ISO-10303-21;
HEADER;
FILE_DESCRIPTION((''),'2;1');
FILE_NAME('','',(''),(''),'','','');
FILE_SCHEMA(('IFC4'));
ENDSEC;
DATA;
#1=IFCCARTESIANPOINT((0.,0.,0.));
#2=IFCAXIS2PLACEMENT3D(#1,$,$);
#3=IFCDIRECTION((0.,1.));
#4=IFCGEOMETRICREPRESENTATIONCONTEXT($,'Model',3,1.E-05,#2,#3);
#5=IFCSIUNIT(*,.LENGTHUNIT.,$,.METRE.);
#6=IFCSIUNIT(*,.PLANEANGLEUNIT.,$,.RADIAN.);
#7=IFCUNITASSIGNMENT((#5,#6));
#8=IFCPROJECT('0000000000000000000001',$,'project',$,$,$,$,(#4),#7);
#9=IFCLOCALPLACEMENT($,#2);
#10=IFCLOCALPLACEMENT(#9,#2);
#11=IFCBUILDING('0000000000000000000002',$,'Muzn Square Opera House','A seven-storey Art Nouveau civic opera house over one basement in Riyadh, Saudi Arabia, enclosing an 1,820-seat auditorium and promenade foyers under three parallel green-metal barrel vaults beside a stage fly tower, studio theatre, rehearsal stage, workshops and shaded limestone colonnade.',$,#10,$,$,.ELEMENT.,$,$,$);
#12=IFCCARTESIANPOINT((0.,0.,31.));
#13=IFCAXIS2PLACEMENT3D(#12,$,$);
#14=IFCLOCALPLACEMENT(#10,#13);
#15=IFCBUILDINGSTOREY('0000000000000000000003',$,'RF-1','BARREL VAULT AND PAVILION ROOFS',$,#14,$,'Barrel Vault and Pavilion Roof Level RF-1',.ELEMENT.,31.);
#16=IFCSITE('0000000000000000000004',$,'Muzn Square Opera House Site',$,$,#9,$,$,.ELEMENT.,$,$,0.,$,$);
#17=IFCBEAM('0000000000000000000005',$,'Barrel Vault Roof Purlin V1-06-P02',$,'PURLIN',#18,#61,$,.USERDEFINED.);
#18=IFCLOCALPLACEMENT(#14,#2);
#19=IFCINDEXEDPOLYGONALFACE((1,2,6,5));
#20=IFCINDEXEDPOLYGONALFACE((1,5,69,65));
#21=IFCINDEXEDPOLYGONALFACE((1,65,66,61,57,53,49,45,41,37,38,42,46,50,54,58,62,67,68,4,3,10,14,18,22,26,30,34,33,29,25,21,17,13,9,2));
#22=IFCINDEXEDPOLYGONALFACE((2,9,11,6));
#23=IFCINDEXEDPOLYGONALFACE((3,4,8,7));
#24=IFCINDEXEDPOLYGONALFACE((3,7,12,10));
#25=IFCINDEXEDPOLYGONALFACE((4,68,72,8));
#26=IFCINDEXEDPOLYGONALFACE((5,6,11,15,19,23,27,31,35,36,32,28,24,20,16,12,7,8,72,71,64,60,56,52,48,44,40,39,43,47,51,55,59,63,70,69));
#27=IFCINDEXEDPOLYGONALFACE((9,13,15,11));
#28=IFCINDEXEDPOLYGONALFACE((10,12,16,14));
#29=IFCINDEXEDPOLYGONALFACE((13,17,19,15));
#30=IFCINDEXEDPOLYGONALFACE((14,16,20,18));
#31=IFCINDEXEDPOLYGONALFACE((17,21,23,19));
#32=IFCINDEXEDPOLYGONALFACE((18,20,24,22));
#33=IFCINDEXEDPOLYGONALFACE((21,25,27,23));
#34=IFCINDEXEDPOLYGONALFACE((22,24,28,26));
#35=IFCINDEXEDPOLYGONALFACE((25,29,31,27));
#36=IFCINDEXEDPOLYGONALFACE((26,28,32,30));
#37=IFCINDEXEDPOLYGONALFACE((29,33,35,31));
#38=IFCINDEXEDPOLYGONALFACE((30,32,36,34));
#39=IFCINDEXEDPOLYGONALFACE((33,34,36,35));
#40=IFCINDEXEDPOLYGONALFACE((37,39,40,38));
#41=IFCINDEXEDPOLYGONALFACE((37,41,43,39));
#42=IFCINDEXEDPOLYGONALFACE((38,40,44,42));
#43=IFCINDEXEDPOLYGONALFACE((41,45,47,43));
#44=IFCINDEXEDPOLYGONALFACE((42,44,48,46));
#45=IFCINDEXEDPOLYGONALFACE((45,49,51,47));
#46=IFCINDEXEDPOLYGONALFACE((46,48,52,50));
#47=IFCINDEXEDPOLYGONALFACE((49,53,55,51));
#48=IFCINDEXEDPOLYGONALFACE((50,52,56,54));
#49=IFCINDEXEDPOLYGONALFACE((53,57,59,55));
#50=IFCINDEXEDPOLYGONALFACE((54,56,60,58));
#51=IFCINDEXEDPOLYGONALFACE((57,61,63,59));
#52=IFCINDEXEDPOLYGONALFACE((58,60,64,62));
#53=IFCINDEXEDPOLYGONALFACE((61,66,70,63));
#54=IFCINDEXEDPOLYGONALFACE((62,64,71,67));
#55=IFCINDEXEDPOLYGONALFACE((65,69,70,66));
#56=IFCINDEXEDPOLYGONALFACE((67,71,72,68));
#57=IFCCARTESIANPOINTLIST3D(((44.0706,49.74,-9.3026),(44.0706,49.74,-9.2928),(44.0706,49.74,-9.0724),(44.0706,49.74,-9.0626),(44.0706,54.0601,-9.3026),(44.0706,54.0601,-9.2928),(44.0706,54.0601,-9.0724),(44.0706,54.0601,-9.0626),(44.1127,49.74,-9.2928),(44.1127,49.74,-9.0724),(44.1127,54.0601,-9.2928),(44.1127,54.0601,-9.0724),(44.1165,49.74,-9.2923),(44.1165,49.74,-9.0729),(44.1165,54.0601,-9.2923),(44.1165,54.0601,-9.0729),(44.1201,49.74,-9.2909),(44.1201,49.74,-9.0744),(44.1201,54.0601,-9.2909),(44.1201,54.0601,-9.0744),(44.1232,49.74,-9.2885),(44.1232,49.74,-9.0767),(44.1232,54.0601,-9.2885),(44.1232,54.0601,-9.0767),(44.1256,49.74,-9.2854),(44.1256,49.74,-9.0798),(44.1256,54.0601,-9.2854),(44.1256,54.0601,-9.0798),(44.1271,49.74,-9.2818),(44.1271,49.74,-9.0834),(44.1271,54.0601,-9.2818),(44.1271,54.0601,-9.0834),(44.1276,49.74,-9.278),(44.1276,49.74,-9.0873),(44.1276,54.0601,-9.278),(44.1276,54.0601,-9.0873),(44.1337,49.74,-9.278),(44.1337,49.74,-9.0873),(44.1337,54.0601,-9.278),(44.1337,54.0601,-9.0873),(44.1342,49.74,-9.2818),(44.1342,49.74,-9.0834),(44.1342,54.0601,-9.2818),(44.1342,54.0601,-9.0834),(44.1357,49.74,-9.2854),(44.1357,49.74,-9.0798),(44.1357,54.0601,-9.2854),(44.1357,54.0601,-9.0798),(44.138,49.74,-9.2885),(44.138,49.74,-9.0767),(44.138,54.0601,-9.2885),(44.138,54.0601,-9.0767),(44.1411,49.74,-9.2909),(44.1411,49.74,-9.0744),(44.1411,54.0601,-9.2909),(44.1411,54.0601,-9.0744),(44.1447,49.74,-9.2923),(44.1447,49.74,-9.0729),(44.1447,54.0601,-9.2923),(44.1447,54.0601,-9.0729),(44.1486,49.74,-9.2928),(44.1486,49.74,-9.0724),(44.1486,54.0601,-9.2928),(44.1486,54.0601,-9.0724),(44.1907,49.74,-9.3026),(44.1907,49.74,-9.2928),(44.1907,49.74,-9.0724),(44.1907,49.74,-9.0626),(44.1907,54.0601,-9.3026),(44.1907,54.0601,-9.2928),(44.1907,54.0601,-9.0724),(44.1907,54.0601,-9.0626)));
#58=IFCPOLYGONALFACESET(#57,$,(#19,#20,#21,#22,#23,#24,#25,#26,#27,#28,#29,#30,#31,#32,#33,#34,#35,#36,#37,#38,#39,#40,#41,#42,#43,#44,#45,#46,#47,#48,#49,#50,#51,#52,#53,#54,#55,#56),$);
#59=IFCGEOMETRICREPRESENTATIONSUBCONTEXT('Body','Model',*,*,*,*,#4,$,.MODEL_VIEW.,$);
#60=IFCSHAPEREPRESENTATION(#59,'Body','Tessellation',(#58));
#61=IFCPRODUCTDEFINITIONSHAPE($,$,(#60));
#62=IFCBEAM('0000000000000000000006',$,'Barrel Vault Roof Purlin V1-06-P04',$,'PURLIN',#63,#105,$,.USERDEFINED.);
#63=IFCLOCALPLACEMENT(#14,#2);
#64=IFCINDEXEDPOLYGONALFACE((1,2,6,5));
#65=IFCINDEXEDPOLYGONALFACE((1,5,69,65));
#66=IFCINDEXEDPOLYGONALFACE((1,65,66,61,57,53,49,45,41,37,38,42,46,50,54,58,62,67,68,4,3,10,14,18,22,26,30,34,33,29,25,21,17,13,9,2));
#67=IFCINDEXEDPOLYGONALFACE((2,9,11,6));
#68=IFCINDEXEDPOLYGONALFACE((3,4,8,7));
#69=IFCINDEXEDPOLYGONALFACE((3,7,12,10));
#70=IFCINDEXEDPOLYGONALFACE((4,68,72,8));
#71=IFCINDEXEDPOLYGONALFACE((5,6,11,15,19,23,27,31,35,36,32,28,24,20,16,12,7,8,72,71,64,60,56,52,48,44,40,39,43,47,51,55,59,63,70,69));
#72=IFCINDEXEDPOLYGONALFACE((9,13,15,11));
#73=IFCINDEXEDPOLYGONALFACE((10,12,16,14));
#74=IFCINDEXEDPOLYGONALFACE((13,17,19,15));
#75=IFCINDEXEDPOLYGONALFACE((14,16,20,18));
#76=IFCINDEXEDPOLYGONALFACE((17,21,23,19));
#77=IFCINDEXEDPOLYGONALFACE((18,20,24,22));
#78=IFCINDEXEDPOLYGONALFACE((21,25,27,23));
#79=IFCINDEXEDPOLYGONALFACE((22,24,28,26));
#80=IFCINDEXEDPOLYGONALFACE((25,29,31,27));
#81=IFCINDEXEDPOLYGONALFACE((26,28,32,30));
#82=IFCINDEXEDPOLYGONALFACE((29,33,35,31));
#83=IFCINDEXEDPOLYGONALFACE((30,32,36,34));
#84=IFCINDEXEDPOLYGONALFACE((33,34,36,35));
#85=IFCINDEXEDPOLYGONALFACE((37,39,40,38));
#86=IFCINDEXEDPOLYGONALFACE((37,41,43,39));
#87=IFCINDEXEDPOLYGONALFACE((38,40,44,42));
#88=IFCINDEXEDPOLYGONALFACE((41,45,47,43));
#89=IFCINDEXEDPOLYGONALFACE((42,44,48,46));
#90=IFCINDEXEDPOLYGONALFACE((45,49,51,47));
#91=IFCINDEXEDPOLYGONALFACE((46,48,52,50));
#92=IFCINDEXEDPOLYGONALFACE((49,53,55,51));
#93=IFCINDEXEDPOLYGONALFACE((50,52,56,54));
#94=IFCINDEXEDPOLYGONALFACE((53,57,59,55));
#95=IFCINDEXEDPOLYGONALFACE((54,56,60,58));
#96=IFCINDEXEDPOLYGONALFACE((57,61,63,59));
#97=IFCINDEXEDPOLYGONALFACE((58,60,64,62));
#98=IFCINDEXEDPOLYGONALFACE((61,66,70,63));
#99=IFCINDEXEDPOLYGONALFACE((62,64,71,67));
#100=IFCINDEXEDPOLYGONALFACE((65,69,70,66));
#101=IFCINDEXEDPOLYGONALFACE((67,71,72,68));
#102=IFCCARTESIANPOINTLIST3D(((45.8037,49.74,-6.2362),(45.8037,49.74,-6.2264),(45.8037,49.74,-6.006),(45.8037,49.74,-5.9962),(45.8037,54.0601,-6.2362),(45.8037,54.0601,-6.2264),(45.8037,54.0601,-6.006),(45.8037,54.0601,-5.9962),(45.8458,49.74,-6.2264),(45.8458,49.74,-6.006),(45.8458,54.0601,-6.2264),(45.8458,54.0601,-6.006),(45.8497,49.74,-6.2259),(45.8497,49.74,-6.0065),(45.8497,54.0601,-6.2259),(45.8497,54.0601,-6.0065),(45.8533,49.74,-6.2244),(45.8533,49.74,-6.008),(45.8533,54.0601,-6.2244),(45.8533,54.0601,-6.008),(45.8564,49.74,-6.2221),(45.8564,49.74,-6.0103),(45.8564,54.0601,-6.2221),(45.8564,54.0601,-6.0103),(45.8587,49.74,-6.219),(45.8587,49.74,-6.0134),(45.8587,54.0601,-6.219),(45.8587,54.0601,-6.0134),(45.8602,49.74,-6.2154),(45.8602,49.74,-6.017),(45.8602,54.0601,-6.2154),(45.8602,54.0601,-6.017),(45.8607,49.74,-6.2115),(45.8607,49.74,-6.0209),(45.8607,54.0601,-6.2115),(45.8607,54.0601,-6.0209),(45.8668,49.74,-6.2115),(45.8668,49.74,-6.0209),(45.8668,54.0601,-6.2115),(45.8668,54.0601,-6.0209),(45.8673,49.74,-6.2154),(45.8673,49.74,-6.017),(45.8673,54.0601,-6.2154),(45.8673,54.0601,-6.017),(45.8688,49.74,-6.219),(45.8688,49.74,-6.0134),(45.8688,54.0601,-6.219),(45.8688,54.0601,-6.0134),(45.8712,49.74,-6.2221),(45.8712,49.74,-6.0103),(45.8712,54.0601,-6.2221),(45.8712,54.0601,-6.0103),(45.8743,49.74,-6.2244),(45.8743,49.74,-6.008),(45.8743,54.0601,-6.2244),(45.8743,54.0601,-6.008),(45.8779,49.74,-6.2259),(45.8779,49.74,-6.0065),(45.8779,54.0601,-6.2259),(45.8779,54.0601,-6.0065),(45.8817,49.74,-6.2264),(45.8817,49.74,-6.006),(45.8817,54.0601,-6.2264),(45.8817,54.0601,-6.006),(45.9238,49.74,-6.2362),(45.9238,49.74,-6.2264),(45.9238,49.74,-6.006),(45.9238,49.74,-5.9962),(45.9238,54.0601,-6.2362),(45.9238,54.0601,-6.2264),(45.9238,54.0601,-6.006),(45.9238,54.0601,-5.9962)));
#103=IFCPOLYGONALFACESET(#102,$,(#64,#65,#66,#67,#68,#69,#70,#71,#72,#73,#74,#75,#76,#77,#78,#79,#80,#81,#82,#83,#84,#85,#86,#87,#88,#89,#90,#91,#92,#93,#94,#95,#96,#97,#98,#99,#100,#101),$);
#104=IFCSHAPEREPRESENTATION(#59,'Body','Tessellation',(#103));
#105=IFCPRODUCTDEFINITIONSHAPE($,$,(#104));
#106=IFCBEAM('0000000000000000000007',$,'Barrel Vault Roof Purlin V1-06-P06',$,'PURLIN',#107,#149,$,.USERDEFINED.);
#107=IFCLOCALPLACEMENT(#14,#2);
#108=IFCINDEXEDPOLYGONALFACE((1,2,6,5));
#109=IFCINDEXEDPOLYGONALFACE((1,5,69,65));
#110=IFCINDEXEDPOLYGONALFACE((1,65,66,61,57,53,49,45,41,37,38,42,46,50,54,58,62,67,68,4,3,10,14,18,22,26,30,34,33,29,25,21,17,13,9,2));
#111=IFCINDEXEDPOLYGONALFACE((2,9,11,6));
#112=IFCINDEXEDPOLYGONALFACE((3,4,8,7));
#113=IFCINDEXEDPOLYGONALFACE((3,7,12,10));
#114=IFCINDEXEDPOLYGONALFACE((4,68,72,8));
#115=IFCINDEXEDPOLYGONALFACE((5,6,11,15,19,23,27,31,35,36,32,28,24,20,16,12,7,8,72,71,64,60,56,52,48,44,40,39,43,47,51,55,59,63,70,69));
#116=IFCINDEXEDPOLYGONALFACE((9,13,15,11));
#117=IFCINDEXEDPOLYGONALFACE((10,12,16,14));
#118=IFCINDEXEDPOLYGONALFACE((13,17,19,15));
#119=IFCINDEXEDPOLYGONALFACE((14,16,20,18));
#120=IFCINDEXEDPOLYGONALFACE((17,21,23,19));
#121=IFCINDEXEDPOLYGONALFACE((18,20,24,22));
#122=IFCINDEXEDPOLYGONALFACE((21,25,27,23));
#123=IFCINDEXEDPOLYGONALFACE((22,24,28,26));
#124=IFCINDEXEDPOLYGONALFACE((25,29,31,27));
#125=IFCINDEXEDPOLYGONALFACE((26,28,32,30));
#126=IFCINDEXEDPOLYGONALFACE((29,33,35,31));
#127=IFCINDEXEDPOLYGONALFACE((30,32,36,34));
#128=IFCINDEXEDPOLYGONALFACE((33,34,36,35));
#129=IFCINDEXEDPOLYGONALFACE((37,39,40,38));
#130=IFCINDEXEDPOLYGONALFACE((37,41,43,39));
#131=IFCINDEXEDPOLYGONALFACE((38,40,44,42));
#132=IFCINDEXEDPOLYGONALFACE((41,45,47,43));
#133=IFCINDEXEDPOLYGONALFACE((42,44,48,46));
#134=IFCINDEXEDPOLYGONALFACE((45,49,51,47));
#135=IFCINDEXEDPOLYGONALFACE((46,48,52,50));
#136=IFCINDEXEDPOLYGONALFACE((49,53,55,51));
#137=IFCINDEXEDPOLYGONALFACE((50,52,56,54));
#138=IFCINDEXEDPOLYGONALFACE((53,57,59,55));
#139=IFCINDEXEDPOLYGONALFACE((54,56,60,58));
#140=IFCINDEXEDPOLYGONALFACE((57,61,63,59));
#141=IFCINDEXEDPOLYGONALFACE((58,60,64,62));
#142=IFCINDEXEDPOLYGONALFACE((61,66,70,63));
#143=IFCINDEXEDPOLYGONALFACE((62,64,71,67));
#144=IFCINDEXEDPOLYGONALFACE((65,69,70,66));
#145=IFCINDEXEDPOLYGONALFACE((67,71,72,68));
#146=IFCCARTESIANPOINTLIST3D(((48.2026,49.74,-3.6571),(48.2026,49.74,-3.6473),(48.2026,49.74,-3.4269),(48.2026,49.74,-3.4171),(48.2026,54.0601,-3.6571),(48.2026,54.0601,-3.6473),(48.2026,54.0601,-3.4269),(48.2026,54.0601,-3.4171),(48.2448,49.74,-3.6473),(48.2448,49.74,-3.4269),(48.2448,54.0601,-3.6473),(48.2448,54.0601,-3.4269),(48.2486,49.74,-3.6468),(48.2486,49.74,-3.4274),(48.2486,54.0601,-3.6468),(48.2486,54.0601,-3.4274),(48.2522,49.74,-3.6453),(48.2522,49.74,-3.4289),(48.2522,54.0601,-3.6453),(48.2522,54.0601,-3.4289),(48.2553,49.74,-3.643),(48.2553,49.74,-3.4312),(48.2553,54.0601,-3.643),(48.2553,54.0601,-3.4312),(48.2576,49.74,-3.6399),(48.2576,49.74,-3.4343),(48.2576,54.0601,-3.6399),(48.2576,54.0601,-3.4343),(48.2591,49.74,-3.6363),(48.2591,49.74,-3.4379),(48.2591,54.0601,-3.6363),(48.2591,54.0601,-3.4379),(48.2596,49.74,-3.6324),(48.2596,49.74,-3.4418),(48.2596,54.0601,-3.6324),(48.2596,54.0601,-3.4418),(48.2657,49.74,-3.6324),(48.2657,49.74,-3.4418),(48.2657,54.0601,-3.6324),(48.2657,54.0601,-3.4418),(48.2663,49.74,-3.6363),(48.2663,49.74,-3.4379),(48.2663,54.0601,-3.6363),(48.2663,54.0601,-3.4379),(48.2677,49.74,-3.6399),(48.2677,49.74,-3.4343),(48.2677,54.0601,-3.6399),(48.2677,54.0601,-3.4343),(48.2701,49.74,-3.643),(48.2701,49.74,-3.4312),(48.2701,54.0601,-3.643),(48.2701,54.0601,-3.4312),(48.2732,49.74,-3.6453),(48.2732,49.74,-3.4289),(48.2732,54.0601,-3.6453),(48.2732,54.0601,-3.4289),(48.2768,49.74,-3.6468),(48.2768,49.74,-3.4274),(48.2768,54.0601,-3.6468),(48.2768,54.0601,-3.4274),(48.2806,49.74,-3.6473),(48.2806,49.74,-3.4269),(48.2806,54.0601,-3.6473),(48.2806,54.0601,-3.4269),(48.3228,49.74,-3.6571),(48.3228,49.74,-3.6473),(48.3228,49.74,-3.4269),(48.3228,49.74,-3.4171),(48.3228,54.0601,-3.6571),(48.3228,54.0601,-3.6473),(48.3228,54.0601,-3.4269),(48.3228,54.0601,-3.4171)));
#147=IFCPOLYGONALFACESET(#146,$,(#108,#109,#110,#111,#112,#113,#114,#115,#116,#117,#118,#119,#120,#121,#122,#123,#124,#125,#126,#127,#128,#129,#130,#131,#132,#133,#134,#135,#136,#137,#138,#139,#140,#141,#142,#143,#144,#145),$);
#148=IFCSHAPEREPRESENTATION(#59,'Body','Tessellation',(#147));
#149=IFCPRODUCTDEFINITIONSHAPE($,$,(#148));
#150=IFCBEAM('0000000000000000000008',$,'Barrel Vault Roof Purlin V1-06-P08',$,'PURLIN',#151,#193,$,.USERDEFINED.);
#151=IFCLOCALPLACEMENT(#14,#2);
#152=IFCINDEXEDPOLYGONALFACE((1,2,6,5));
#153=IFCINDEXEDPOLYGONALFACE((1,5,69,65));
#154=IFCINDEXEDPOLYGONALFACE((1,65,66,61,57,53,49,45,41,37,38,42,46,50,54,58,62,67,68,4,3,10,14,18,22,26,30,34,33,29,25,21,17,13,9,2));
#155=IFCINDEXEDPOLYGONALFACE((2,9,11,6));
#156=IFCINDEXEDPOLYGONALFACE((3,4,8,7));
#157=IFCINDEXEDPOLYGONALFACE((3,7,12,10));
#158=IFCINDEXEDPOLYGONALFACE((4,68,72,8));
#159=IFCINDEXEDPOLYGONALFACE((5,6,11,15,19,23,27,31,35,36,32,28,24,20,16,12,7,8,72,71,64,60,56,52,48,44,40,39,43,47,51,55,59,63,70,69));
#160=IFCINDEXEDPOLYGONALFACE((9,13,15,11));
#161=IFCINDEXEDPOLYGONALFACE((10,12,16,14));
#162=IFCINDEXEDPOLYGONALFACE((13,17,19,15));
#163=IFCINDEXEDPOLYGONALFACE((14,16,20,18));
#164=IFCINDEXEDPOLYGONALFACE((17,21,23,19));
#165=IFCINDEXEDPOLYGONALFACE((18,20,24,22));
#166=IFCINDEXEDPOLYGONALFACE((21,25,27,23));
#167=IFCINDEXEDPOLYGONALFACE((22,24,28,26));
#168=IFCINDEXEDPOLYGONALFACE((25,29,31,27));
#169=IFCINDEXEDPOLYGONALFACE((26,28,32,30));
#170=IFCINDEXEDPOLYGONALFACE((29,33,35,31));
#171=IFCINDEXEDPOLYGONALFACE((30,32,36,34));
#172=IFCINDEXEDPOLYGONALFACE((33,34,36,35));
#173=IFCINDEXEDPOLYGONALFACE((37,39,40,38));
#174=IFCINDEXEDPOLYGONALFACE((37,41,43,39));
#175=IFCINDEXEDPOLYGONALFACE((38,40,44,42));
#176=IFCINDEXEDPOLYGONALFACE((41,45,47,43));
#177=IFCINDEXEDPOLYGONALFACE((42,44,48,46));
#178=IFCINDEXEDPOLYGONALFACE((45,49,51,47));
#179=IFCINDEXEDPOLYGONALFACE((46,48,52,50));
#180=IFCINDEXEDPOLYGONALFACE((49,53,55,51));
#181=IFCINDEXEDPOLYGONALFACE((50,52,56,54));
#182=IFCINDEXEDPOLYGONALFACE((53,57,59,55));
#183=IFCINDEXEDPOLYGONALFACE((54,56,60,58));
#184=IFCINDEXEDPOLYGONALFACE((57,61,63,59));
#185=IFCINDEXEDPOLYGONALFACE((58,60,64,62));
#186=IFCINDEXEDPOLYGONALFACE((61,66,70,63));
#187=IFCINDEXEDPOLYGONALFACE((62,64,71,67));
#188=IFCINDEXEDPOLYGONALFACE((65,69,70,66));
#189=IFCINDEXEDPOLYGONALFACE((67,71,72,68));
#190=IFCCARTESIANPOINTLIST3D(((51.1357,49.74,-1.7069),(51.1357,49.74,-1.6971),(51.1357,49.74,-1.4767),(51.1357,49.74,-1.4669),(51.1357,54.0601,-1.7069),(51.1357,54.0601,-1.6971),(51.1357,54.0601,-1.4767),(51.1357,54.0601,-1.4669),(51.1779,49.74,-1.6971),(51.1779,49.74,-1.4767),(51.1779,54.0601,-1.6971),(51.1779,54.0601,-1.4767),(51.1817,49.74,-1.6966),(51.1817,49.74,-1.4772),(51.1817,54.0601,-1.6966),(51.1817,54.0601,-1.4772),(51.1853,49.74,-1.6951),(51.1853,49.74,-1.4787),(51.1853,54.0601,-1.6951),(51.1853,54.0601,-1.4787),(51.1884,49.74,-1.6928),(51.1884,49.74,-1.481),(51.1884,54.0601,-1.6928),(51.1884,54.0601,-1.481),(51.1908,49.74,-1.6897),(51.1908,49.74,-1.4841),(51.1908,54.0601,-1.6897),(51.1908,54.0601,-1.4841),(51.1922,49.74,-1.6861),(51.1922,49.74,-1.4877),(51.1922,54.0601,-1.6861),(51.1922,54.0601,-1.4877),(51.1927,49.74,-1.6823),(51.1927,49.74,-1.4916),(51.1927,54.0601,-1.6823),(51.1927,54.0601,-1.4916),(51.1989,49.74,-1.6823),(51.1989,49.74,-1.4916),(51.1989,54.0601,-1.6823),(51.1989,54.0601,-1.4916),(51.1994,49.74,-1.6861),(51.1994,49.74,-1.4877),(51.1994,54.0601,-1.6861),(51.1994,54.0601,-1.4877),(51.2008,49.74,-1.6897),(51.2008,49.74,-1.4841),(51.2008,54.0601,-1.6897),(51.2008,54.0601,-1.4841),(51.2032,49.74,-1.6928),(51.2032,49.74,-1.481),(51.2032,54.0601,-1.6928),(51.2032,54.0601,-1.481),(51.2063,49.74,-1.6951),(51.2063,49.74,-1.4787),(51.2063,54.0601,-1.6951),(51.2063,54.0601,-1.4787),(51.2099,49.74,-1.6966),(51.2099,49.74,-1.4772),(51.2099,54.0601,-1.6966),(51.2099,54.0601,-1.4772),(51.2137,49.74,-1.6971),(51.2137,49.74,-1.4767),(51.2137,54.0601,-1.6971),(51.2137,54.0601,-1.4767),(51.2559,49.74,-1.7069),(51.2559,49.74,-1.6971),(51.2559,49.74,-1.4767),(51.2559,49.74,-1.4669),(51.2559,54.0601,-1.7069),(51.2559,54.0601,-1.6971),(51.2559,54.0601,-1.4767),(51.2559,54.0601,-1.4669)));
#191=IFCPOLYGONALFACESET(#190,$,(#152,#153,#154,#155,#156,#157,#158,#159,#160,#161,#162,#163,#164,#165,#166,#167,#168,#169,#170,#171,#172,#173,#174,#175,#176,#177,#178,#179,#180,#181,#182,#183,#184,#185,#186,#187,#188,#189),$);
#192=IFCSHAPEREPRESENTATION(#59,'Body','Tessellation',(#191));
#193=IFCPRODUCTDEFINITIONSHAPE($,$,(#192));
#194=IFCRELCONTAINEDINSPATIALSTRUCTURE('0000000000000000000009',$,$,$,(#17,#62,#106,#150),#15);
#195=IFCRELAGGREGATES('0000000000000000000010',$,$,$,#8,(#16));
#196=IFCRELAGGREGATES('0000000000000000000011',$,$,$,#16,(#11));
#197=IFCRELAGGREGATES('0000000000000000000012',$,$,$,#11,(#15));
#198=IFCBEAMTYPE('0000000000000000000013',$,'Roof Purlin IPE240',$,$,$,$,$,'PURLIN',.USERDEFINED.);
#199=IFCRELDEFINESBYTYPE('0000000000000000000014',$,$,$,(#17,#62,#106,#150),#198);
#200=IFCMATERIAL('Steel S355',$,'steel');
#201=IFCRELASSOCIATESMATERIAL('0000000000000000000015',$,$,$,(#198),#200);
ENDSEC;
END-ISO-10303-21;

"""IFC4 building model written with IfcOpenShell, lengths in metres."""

from ifc_helpers import new_model, si_unit, direction, frame, origin, origin_2d, place, context, subcontext, project, spatial, i_section, extrude, material, material_profile, profile_set, type_object, element, save


model = new_model("IFC4")

# Units and contexts
model_context = context("Model", 3, precision=1e-05, world=origin(), true_north=direction((0.0, 1.0)))
body_context = subcontext(model_context, "Body", "Model", "MODEL_VIEW")
ifc_project = project(units=[si_unit("LENGTHUNIT", "METRE"), si_unit("PLANEANGLEUNIT", "RADIAN")], contexts=[model_context])

# Site, building, storey
site_placement = place(None, origin())
site = spatial("IfcSite", under=ifc_project, at=site_placement, Name="Muzn Square Opera House Site", CompositionType="ELEMENT", RefElevation=0.0)
building_placement = place(site_placement, origin())
building = spatial("IfcBuilding", under=site, at=building_placement, Name="Muzn Square Opera House", Description="A seven-storey Art Nouveau civic opera house over one basement in Riyadh, Saudi Arabia, enclosing an 1,820-seat auditorium and promenade foyers under three parallel green-metal barrel vaults beside a stage fly tower, studio theatre, rehearsal stage, workshops and shaded limestone colonnade.", CompositionType="ELEMENT")
storey_placement = place(building_placement, frame((0.0, 0.0, 31.0)))
storey = spatial("IfcBuildingStorey", under=building, at=storey_placement, Name="RF-1", Description="BARREL VAULT AND PAVILION ROOFS", LongName="Barrel Vault and Pavilion Roof Level RF-1", CompositionType="ELEMENT", Elevation=31.0)

# Beams
ifc_material_1 = material(Name="Steel S355", Category="steel")
ifc_material_profile_1 = material_profile(ifc_material_1, i_section(OverallWidth=0.1201, OverallDepth=0.24, WebThickness=0.0061, FlangeThickness=0.0098, FilletRadius=0.0149, at=origin_2d()), Name="IPE 240", Category="steel")
ifc_profile_set_1 = profile_set([ifc_material_profile_1], Name="Steel S355")
beam_type_1 = type_object("IfcBeamType", Name="Roof Purlin IPE240", ElementType="PURLIN", PredefinedType="USERDEFINED", material=ifc_profile_set_1)
for number, where, z_axis, x_axis, name in (
    (1, (44.1306, 49.74, -9.1826), (0.0, 1.0, 0.0), (-1.0, 0.0, 0.0), "Barrel Vault Roof Purlin V1-06-P02"),
    (2, (45.8638, 49.74, -6.1162), (0.0, 1.0, 0.0), (-1.0, 0.0, 0.0), "Barrel Vault Roof Purlin V1-06-P04"),
    (3, (48.2627, 49.74, -3.5371), (0.0, 1.0, 0.0), (-1.0, 0.0, 0.0), "Barrel Vault Roof Purlin V1-06-P06"),
    (4, (51.1958, 49.74, -1.5869), (0.0, 1.0, 0.0), (-1.0, 0.0, 0.0), "Barrel Vault Roof Purlin V1-06-P08"),
):
    element("IfcBeam", number, at=place(storey_placement, frame(where, z_axis=z_axis, x_axis=x_axis)), inside=storey, type_object=beam_type_1, Name=name, ObjectType="PURLIN", PredefinedType="USERDEFINED", context=body_context, shape_type="SweptSolid", body=[
        extrude(i_section(OverallWidth=0.1201, OverallDepth=0.24, WebThickness=0.0061, FlangeThickness=0.0098, FilletRadius=0.0149, at=origin_2d()), origin(), (0.0, 0.0, 1.0), 4.3201),
    ])

save(model, "model.ifc")
